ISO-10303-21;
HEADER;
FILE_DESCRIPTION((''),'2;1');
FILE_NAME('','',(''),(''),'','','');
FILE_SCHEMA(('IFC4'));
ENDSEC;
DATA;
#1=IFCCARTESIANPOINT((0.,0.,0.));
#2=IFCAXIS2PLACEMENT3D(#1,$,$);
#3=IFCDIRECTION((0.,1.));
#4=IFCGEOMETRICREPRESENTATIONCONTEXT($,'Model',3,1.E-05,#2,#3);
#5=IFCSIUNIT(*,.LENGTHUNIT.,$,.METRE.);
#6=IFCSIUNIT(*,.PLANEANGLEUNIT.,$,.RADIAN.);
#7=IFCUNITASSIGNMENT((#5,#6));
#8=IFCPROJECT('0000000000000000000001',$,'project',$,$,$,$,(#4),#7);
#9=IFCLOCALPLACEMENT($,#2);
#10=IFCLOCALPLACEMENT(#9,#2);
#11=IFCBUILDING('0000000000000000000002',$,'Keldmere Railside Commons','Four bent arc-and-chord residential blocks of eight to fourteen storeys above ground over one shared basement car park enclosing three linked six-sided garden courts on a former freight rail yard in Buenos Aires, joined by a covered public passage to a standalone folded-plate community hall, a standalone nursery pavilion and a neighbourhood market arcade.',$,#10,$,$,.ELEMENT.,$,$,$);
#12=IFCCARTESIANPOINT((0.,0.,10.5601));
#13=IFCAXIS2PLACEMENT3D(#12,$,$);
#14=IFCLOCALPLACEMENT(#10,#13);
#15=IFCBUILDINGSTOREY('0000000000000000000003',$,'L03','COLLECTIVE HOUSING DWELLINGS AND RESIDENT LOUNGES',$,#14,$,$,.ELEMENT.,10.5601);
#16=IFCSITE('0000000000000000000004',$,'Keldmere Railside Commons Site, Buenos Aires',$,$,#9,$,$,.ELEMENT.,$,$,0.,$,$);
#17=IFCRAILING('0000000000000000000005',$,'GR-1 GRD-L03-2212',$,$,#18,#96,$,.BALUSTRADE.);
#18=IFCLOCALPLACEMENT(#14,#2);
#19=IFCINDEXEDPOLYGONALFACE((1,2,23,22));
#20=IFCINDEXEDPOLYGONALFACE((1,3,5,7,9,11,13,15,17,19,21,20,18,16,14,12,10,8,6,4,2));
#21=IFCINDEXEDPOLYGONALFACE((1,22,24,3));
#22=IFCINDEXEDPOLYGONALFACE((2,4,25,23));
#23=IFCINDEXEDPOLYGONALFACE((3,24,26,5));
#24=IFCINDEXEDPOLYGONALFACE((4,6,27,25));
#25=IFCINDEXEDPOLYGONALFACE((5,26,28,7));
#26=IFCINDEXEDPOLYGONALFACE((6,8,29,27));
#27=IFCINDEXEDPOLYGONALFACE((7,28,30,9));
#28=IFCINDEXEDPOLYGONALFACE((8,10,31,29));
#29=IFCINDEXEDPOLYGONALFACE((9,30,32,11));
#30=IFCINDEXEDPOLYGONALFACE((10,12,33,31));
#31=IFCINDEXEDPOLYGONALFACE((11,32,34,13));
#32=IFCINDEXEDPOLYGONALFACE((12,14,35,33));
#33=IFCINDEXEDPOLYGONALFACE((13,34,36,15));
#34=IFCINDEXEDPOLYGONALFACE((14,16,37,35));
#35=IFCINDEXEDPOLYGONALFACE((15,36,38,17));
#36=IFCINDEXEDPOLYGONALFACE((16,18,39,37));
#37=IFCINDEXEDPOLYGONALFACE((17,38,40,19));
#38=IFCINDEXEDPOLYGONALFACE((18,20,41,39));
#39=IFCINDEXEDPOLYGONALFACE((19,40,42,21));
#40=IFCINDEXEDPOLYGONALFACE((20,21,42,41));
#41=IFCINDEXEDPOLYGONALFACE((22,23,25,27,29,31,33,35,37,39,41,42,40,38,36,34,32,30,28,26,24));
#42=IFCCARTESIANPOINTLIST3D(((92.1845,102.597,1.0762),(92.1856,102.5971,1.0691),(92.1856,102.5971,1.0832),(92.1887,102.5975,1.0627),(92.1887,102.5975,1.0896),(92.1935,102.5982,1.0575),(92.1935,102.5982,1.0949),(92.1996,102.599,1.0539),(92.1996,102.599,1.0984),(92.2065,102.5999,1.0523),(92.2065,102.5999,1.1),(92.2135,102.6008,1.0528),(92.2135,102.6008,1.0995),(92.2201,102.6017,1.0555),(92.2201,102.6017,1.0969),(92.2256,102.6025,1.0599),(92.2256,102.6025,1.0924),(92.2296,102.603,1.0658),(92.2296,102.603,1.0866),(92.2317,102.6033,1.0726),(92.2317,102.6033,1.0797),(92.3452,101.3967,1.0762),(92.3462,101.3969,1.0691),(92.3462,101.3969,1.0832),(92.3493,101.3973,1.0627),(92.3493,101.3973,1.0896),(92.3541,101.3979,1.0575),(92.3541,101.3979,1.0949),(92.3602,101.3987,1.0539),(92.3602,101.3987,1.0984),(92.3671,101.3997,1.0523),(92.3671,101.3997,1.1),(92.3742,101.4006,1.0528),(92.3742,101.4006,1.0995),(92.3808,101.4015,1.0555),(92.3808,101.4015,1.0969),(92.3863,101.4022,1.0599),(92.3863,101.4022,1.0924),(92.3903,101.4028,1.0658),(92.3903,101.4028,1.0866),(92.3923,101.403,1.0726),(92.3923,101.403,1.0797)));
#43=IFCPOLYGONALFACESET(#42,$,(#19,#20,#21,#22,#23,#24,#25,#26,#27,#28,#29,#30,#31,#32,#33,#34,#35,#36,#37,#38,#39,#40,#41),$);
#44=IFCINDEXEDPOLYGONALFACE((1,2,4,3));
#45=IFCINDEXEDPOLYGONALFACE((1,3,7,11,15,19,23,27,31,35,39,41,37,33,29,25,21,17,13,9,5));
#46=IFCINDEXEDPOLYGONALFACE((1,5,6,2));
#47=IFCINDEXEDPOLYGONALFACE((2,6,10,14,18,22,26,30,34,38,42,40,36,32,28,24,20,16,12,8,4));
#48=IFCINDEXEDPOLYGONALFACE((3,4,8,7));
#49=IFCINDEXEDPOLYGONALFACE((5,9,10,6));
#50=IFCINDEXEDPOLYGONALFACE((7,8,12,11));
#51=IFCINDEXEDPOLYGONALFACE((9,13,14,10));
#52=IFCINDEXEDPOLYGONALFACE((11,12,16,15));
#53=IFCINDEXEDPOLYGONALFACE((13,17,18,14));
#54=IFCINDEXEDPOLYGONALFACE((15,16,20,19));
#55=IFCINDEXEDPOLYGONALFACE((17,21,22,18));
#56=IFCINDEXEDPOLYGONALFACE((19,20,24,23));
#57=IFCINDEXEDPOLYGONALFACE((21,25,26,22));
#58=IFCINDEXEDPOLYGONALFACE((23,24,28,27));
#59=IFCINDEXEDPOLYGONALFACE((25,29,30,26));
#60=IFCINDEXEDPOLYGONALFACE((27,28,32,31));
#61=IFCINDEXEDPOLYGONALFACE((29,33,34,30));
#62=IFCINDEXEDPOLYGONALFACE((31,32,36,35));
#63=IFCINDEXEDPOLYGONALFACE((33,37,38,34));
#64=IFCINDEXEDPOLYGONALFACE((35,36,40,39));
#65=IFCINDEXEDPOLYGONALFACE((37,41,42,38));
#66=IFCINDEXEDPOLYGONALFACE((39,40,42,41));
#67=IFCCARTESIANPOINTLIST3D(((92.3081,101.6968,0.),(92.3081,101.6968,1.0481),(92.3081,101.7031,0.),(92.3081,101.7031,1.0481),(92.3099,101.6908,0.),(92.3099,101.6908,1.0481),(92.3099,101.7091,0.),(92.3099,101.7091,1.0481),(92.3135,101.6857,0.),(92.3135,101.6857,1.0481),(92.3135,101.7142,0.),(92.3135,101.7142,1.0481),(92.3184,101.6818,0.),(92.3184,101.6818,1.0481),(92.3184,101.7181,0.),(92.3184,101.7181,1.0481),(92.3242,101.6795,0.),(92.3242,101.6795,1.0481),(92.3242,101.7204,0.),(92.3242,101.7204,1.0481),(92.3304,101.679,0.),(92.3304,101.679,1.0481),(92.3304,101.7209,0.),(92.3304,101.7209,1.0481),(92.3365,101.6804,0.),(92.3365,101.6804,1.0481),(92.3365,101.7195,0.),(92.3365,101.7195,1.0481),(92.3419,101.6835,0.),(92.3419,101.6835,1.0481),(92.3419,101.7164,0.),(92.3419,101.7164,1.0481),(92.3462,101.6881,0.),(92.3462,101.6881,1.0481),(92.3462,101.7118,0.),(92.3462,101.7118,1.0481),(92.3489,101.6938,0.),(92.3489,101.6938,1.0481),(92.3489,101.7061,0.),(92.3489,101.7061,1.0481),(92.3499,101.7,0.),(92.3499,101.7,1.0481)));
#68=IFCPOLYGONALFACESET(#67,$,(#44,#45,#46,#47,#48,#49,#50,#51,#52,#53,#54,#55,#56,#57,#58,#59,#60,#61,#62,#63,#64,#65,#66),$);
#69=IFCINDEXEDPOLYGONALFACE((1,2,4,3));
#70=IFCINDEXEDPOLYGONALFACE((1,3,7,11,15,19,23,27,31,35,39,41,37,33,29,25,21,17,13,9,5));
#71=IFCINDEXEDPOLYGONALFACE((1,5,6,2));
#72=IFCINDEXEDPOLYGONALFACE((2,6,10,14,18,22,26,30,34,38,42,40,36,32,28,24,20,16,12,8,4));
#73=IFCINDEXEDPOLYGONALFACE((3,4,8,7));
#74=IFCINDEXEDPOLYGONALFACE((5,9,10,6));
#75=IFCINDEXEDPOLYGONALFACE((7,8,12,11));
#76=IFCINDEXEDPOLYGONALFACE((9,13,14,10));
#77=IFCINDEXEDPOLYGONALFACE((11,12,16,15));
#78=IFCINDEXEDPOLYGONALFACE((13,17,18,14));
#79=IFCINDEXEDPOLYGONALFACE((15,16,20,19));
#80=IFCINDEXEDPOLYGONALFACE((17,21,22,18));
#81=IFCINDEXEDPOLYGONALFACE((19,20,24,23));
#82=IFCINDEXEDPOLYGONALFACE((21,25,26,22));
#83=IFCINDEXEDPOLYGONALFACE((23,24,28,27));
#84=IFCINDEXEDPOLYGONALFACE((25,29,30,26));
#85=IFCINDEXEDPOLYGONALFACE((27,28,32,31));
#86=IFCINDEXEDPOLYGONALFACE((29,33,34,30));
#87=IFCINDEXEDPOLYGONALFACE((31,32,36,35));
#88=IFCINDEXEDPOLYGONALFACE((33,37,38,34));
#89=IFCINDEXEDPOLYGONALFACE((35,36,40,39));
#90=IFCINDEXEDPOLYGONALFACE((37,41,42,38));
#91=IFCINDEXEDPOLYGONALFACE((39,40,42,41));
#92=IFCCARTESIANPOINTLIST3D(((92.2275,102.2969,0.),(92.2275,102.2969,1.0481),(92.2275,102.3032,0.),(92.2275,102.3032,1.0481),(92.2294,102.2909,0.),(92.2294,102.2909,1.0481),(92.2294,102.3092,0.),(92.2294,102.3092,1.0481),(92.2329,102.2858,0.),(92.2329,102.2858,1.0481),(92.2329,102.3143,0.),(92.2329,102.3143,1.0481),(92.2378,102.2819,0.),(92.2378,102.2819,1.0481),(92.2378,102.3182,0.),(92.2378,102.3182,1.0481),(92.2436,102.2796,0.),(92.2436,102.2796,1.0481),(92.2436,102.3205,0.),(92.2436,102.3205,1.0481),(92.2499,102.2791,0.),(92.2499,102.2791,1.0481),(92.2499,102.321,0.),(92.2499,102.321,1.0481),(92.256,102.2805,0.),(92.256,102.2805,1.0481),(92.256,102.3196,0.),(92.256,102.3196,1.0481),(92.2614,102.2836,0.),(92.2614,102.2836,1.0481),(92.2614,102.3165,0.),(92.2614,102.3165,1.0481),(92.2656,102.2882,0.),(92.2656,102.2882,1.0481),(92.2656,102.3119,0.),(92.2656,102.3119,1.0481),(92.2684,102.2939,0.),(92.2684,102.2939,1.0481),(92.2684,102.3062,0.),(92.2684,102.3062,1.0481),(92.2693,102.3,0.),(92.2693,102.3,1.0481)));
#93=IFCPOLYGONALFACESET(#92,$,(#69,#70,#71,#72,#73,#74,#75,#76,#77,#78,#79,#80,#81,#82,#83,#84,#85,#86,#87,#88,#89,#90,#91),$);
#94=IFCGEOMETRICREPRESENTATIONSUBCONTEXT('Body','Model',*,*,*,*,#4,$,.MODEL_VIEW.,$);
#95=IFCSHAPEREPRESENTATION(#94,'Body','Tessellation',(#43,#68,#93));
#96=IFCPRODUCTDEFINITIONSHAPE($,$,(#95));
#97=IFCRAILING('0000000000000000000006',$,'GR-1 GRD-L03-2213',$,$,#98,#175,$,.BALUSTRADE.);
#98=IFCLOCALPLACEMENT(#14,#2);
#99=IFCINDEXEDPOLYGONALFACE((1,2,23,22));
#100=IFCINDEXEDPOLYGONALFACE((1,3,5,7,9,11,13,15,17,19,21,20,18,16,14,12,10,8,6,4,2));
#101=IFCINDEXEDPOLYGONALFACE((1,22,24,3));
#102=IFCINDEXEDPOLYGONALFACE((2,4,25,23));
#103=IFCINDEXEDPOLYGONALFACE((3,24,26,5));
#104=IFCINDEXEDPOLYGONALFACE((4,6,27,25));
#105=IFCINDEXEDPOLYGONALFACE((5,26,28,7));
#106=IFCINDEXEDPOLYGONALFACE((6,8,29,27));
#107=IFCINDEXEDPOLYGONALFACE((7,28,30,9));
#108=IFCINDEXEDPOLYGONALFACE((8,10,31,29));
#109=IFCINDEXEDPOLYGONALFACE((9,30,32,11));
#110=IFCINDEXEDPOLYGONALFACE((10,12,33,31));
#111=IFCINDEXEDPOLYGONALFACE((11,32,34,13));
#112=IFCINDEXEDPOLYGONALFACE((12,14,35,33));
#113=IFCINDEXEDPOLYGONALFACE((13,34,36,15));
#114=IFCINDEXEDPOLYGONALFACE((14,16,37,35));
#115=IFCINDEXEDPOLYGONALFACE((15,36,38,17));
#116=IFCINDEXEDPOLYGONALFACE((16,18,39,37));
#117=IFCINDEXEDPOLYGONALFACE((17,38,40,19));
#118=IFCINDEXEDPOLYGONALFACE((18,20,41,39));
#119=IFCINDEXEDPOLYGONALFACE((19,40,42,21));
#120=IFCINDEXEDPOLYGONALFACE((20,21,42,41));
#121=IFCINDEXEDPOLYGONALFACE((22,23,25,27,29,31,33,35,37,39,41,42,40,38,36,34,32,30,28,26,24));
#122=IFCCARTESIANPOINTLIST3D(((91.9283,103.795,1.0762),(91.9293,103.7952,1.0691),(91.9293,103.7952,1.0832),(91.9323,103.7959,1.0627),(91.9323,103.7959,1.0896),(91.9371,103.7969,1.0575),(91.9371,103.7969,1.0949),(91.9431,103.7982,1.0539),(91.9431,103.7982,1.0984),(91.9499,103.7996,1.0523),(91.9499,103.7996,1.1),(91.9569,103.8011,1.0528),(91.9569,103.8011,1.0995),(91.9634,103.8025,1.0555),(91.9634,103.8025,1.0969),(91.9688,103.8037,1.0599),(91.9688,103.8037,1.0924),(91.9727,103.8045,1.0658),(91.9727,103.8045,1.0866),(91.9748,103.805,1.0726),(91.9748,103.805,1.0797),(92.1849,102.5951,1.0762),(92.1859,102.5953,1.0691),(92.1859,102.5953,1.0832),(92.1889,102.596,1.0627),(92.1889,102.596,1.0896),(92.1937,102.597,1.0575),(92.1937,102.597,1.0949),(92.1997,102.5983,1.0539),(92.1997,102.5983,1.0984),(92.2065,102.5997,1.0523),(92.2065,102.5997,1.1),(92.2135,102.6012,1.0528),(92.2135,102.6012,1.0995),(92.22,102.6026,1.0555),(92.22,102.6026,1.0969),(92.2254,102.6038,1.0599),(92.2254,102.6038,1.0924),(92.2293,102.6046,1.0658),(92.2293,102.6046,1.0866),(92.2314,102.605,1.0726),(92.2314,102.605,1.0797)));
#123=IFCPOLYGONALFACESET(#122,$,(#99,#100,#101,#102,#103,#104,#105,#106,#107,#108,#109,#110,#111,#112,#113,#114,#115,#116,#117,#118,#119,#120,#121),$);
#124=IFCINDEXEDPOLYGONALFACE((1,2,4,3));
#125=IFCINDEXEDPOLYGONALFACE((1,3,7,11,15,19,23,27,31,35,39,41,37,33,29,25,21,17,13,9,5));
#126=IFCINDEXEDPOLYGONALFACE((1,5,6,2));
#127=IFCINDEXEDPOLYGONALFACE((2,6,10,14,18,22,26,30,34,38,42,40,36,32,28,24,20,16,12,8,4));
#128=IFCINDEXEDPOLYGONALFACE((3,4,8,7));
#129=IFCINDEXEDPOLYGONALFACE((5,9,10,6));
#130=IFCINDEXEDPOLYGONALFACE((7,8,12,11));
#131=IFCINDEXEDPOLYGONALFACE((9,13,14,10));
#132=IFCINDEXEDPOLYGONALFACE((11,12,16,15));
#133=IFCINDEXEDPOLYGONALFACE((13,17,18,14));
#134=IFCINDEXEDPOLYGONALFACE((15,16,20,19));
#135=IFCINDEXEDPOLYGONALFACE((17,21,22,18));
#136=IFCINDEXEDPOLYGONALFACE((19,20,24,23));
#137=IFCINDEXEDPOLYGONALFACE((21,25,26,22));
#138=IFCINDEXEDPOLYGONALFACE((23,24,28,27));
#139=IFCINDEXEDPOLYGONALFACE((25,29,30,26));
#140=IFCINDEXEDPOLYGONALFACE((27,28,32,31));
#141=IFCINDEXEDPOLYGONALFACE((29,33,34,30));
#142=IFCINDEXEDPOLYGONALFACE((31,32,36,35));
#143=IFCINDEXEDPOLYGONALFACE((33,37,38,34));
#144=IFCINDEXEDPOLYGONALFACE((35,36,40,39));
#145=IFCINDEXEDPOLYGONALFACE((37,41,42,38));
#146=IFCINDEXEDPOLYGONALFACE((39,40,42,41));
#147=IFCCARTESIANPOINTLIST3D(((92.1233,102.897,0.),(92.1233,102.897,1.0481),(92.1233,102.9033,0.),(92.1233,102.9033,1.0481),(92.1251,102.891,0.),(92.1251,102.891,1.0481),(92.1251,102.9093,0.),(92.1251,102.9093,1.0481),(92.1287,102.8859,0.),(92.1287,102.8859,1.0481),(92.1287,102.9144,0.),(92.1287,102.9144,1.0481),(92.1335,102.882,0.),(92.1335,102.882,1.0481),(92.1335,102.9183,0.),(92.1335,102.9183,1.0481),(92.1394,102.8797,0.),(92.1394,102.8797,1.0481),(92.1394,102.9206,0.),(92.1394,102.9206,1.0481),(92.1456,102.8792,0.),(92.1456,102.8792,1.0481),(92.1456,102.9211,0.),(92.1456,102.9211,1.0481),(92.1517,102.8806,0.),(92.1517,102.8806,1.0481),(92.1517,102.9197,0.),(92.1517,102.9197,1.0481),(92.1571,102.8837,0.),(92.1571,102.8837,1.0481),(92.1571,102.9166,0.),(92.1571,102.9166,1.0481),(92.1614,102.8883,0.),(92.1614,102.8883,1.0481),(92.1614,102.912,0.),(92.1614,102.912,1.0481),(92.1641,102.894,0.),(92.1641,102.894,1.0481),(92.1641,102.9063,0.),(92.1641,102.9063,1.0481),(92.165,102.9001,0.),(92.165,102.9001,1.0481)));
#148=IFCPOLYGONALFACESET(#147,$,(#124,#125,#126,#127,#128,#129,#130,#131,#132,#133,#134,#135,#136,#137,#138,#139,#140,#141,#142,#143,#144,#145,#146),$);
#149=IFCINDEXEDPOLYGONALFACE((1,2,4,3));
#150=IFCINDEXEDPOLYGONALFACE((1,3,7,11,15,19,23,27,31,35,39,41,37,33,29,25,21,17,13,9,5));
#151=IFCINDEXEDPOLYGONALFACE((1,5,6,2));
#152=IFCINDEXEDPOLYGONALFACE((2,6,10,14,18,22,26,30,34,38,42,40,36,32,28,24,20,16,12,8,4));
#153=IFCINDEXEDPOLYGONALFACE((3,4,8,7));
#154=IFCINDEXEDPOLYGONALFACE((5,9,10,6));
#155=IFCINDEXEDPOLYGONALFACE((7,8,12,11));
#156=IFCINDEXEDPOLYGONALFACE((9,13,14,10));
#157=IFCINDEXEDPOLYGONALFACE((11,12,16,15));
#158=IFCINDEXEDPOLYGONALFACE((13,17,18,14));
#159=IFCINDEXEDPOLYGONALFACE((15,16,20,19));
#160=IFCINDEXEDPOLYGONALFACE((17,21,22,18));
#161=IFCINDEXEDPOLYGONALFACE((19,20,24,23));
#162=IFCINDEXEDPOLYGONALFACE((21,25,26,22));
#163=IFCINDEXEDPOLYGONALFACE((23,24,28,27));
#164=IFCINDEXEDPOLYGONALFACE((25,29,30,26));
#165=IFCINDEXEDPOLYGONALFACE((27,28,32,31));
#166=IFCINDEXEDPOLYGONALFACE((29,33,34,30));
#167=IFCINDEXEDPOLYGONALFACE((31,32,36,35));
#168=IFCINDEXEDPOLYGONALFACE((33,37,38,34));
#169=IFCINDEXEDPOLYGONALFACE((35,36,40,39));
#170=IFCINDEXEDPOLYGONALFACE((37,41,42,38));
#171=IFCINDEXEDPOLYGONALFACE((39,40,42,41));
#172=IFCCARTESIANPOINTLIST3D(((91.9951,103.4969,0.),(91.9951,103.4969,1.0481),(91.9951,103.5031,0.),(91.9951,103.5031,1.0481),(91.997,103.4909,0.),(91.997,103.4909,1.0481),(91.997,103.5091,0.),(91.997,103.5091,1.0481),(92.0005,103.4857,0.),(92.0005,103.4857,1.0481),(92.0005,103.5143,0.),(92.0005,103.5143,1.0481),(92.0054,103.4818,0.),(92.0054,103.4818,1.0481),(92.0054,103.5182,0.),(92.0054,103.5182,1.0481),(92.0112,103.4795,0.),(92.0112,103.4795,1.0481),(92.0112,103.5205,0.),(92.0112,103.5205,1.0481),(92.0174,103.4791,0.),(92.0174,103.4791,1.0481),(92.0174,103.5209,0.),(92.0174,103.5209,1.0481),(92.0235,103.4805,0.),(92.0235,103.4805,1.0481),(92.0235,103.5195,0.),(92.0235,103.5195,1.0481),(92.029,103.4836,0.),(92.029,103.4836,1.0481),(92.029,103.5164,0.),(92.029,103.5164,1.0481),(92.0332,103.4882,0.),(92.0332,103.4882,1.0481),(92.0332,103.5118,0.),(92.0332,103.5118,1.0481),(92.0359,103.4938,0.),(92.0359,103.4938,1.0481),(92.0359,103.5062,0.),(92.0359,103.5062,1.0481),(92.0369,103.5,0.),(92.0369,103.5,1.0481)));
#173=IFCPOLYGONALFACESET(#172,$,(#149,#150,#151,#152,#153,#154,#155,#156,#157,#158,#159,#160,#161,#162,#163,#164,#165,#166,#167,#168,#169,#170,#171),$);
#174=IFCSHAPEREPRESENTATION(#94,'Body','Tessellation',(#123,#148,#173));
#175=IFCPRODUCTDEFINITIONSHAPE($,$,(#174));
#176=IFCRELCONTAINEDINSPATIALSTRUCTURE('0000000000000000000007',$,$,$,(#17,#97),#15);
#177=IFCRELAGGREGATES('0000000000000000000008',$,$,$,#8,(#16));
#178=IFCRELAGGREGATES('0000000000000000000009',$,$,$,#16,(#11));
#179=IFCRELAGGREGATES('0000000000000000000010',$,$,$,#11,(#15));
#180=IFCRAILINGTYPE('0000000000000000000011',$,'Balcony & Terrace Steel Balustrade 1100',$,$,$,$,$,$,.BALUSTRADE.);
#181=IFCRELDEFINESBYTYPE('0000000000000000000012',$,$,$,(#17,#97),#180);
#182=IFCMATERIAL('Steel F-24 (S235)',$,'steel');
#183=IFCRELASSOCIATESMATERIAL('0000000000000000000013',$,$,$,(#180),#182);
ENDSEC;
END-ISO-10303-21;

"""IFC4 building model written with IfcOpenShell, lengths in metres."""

from ifc_helpers import new_model, si_unit, direction, frame, origin, origin_2d, place, context, subcontext, project, spatial, circle, extrude, material, type_object, element, save


model = new_model("IFC4")

# Units and contexts
model_context = context("Model", 3, precision=1e-05, world=origin(), true_north=direction((0.0, 1.0)))
body_context = subcontext(model_context, "Body", "Model", "MODEL_VIEW")
ifc_project = project(units=[si_unit("LENGTHUNIT", "METRE"), si_unit("PLANEANGLEUNIT", "RADIAN")], contexts=[model_context])

# Site, building, storey
site_placement = place(None, origin())
site = spatial("IfcSite", under=ifc_project, at=site_placement, Name="Keldmere Railside Commons Site, Buenos Aires", CompositionType="ELEMENT", RefElevation=0.0)
building_placement = place(site_placement, origin())
building = spatial("IfcBuilding", under=site, at=building_placement, Name="Keldmere Railside Commons", Description="Four bent arc-and-chord residential blocks of eight to fourteen storeys above ground over one shared basement car park enclosing three linked six-sided garden courts on a former freight rail yard in Buenos Aires, joined by a covered public passage to a standalone folded-plate community hall, a standalone nursery pavilion and a neighbourhood market arcade.", CompositionType="ELEMENT")
storey_placement = place(building_placement, frame((0.0, 0.0, 10.5601)))
storey = spatial("IfcBuildingStorey", under=building, at=storey_placement, Name="L03", Description="COLLECTIVE HOUSING DWELLINGS AND RESIDENT LOUNGES", CompositionType="ELEMENT", Elevation=10.5601)

# Railings
ifc_material_1 = material(Name="Steel F-24 (S235)", Category="steel")
railing_type = type_object("IfcRailingType", Name="Balcony & Terrace Steel Balustrade 1100", PredefinedType="BALUSTRADE", material=ifc_material_1)
railing_1_placement = place(storey_placement, frame((92.3689, 101.3999, 0.0)))
element("IfcRailing", 1, at=railing_1_placement, inside=storey, type_object=railing_type, Name="GR-1 GRD-L03-2212", PredefinedType="BALUSTRADE", context=body_context, shape_type="SweptSolid", body=[
    extrude(circle(Radius=0.0239, at=origin_2d()), frame((0.0, 0.0, 1.0762), z_axis=(-0.132666, 0.991161, 0.0), x_axis=(-0.991161, -0.132666, 0.0)), (0.0, 0.0, 1.0), 1.2109),
    extrude(circle(Radius=0.021, at=origin_2d()), frame((-0.04, 0.3, 0.0)), (0.0, 0.0, 1.0), 1.0481),
    extrude(circle(Radius=0.021, at=origin_2d()), frame((-0.1206, 0.9001, 0.0)), (0.0, 0.0, 1.0), 1.0481),
])
railing_2_placement = place(storey_placement, frame((92.2083, 102.6001, 0.0)))
element("IfcRailing", 2, at=railing_2_placement, inside=storey, type_object=railing_type, Name="GR-1 GRD-L03-2213", PredefinedType="BALUSTRADE", context=body_context, shape_type="SweptSolid", body=[
    extrude(circle(Radius=0.0239, at=origin_2d()), frame((0.0, 0.0, 1.0762), z_axis=(-0.209108, 0.977893, 0.0), x_axis=(-0.977893, -0.209108, 0.0)), (0.0, 0.0, 1.0), 1.2271),
    extrude(circle(Radius=0.021, at=origin_2d()), frame((-0.0642, 0.3, 0.0)), (0.0, 0.0, 1.0), 1.0481),
    extrude(circle(Radius=0.021, at=origin_2d()), frame((-0.1924, 0.8999, 0.0)), (0.0, 0.0, 1.0), 1.0481),
])

save(model, "model.ifc")
